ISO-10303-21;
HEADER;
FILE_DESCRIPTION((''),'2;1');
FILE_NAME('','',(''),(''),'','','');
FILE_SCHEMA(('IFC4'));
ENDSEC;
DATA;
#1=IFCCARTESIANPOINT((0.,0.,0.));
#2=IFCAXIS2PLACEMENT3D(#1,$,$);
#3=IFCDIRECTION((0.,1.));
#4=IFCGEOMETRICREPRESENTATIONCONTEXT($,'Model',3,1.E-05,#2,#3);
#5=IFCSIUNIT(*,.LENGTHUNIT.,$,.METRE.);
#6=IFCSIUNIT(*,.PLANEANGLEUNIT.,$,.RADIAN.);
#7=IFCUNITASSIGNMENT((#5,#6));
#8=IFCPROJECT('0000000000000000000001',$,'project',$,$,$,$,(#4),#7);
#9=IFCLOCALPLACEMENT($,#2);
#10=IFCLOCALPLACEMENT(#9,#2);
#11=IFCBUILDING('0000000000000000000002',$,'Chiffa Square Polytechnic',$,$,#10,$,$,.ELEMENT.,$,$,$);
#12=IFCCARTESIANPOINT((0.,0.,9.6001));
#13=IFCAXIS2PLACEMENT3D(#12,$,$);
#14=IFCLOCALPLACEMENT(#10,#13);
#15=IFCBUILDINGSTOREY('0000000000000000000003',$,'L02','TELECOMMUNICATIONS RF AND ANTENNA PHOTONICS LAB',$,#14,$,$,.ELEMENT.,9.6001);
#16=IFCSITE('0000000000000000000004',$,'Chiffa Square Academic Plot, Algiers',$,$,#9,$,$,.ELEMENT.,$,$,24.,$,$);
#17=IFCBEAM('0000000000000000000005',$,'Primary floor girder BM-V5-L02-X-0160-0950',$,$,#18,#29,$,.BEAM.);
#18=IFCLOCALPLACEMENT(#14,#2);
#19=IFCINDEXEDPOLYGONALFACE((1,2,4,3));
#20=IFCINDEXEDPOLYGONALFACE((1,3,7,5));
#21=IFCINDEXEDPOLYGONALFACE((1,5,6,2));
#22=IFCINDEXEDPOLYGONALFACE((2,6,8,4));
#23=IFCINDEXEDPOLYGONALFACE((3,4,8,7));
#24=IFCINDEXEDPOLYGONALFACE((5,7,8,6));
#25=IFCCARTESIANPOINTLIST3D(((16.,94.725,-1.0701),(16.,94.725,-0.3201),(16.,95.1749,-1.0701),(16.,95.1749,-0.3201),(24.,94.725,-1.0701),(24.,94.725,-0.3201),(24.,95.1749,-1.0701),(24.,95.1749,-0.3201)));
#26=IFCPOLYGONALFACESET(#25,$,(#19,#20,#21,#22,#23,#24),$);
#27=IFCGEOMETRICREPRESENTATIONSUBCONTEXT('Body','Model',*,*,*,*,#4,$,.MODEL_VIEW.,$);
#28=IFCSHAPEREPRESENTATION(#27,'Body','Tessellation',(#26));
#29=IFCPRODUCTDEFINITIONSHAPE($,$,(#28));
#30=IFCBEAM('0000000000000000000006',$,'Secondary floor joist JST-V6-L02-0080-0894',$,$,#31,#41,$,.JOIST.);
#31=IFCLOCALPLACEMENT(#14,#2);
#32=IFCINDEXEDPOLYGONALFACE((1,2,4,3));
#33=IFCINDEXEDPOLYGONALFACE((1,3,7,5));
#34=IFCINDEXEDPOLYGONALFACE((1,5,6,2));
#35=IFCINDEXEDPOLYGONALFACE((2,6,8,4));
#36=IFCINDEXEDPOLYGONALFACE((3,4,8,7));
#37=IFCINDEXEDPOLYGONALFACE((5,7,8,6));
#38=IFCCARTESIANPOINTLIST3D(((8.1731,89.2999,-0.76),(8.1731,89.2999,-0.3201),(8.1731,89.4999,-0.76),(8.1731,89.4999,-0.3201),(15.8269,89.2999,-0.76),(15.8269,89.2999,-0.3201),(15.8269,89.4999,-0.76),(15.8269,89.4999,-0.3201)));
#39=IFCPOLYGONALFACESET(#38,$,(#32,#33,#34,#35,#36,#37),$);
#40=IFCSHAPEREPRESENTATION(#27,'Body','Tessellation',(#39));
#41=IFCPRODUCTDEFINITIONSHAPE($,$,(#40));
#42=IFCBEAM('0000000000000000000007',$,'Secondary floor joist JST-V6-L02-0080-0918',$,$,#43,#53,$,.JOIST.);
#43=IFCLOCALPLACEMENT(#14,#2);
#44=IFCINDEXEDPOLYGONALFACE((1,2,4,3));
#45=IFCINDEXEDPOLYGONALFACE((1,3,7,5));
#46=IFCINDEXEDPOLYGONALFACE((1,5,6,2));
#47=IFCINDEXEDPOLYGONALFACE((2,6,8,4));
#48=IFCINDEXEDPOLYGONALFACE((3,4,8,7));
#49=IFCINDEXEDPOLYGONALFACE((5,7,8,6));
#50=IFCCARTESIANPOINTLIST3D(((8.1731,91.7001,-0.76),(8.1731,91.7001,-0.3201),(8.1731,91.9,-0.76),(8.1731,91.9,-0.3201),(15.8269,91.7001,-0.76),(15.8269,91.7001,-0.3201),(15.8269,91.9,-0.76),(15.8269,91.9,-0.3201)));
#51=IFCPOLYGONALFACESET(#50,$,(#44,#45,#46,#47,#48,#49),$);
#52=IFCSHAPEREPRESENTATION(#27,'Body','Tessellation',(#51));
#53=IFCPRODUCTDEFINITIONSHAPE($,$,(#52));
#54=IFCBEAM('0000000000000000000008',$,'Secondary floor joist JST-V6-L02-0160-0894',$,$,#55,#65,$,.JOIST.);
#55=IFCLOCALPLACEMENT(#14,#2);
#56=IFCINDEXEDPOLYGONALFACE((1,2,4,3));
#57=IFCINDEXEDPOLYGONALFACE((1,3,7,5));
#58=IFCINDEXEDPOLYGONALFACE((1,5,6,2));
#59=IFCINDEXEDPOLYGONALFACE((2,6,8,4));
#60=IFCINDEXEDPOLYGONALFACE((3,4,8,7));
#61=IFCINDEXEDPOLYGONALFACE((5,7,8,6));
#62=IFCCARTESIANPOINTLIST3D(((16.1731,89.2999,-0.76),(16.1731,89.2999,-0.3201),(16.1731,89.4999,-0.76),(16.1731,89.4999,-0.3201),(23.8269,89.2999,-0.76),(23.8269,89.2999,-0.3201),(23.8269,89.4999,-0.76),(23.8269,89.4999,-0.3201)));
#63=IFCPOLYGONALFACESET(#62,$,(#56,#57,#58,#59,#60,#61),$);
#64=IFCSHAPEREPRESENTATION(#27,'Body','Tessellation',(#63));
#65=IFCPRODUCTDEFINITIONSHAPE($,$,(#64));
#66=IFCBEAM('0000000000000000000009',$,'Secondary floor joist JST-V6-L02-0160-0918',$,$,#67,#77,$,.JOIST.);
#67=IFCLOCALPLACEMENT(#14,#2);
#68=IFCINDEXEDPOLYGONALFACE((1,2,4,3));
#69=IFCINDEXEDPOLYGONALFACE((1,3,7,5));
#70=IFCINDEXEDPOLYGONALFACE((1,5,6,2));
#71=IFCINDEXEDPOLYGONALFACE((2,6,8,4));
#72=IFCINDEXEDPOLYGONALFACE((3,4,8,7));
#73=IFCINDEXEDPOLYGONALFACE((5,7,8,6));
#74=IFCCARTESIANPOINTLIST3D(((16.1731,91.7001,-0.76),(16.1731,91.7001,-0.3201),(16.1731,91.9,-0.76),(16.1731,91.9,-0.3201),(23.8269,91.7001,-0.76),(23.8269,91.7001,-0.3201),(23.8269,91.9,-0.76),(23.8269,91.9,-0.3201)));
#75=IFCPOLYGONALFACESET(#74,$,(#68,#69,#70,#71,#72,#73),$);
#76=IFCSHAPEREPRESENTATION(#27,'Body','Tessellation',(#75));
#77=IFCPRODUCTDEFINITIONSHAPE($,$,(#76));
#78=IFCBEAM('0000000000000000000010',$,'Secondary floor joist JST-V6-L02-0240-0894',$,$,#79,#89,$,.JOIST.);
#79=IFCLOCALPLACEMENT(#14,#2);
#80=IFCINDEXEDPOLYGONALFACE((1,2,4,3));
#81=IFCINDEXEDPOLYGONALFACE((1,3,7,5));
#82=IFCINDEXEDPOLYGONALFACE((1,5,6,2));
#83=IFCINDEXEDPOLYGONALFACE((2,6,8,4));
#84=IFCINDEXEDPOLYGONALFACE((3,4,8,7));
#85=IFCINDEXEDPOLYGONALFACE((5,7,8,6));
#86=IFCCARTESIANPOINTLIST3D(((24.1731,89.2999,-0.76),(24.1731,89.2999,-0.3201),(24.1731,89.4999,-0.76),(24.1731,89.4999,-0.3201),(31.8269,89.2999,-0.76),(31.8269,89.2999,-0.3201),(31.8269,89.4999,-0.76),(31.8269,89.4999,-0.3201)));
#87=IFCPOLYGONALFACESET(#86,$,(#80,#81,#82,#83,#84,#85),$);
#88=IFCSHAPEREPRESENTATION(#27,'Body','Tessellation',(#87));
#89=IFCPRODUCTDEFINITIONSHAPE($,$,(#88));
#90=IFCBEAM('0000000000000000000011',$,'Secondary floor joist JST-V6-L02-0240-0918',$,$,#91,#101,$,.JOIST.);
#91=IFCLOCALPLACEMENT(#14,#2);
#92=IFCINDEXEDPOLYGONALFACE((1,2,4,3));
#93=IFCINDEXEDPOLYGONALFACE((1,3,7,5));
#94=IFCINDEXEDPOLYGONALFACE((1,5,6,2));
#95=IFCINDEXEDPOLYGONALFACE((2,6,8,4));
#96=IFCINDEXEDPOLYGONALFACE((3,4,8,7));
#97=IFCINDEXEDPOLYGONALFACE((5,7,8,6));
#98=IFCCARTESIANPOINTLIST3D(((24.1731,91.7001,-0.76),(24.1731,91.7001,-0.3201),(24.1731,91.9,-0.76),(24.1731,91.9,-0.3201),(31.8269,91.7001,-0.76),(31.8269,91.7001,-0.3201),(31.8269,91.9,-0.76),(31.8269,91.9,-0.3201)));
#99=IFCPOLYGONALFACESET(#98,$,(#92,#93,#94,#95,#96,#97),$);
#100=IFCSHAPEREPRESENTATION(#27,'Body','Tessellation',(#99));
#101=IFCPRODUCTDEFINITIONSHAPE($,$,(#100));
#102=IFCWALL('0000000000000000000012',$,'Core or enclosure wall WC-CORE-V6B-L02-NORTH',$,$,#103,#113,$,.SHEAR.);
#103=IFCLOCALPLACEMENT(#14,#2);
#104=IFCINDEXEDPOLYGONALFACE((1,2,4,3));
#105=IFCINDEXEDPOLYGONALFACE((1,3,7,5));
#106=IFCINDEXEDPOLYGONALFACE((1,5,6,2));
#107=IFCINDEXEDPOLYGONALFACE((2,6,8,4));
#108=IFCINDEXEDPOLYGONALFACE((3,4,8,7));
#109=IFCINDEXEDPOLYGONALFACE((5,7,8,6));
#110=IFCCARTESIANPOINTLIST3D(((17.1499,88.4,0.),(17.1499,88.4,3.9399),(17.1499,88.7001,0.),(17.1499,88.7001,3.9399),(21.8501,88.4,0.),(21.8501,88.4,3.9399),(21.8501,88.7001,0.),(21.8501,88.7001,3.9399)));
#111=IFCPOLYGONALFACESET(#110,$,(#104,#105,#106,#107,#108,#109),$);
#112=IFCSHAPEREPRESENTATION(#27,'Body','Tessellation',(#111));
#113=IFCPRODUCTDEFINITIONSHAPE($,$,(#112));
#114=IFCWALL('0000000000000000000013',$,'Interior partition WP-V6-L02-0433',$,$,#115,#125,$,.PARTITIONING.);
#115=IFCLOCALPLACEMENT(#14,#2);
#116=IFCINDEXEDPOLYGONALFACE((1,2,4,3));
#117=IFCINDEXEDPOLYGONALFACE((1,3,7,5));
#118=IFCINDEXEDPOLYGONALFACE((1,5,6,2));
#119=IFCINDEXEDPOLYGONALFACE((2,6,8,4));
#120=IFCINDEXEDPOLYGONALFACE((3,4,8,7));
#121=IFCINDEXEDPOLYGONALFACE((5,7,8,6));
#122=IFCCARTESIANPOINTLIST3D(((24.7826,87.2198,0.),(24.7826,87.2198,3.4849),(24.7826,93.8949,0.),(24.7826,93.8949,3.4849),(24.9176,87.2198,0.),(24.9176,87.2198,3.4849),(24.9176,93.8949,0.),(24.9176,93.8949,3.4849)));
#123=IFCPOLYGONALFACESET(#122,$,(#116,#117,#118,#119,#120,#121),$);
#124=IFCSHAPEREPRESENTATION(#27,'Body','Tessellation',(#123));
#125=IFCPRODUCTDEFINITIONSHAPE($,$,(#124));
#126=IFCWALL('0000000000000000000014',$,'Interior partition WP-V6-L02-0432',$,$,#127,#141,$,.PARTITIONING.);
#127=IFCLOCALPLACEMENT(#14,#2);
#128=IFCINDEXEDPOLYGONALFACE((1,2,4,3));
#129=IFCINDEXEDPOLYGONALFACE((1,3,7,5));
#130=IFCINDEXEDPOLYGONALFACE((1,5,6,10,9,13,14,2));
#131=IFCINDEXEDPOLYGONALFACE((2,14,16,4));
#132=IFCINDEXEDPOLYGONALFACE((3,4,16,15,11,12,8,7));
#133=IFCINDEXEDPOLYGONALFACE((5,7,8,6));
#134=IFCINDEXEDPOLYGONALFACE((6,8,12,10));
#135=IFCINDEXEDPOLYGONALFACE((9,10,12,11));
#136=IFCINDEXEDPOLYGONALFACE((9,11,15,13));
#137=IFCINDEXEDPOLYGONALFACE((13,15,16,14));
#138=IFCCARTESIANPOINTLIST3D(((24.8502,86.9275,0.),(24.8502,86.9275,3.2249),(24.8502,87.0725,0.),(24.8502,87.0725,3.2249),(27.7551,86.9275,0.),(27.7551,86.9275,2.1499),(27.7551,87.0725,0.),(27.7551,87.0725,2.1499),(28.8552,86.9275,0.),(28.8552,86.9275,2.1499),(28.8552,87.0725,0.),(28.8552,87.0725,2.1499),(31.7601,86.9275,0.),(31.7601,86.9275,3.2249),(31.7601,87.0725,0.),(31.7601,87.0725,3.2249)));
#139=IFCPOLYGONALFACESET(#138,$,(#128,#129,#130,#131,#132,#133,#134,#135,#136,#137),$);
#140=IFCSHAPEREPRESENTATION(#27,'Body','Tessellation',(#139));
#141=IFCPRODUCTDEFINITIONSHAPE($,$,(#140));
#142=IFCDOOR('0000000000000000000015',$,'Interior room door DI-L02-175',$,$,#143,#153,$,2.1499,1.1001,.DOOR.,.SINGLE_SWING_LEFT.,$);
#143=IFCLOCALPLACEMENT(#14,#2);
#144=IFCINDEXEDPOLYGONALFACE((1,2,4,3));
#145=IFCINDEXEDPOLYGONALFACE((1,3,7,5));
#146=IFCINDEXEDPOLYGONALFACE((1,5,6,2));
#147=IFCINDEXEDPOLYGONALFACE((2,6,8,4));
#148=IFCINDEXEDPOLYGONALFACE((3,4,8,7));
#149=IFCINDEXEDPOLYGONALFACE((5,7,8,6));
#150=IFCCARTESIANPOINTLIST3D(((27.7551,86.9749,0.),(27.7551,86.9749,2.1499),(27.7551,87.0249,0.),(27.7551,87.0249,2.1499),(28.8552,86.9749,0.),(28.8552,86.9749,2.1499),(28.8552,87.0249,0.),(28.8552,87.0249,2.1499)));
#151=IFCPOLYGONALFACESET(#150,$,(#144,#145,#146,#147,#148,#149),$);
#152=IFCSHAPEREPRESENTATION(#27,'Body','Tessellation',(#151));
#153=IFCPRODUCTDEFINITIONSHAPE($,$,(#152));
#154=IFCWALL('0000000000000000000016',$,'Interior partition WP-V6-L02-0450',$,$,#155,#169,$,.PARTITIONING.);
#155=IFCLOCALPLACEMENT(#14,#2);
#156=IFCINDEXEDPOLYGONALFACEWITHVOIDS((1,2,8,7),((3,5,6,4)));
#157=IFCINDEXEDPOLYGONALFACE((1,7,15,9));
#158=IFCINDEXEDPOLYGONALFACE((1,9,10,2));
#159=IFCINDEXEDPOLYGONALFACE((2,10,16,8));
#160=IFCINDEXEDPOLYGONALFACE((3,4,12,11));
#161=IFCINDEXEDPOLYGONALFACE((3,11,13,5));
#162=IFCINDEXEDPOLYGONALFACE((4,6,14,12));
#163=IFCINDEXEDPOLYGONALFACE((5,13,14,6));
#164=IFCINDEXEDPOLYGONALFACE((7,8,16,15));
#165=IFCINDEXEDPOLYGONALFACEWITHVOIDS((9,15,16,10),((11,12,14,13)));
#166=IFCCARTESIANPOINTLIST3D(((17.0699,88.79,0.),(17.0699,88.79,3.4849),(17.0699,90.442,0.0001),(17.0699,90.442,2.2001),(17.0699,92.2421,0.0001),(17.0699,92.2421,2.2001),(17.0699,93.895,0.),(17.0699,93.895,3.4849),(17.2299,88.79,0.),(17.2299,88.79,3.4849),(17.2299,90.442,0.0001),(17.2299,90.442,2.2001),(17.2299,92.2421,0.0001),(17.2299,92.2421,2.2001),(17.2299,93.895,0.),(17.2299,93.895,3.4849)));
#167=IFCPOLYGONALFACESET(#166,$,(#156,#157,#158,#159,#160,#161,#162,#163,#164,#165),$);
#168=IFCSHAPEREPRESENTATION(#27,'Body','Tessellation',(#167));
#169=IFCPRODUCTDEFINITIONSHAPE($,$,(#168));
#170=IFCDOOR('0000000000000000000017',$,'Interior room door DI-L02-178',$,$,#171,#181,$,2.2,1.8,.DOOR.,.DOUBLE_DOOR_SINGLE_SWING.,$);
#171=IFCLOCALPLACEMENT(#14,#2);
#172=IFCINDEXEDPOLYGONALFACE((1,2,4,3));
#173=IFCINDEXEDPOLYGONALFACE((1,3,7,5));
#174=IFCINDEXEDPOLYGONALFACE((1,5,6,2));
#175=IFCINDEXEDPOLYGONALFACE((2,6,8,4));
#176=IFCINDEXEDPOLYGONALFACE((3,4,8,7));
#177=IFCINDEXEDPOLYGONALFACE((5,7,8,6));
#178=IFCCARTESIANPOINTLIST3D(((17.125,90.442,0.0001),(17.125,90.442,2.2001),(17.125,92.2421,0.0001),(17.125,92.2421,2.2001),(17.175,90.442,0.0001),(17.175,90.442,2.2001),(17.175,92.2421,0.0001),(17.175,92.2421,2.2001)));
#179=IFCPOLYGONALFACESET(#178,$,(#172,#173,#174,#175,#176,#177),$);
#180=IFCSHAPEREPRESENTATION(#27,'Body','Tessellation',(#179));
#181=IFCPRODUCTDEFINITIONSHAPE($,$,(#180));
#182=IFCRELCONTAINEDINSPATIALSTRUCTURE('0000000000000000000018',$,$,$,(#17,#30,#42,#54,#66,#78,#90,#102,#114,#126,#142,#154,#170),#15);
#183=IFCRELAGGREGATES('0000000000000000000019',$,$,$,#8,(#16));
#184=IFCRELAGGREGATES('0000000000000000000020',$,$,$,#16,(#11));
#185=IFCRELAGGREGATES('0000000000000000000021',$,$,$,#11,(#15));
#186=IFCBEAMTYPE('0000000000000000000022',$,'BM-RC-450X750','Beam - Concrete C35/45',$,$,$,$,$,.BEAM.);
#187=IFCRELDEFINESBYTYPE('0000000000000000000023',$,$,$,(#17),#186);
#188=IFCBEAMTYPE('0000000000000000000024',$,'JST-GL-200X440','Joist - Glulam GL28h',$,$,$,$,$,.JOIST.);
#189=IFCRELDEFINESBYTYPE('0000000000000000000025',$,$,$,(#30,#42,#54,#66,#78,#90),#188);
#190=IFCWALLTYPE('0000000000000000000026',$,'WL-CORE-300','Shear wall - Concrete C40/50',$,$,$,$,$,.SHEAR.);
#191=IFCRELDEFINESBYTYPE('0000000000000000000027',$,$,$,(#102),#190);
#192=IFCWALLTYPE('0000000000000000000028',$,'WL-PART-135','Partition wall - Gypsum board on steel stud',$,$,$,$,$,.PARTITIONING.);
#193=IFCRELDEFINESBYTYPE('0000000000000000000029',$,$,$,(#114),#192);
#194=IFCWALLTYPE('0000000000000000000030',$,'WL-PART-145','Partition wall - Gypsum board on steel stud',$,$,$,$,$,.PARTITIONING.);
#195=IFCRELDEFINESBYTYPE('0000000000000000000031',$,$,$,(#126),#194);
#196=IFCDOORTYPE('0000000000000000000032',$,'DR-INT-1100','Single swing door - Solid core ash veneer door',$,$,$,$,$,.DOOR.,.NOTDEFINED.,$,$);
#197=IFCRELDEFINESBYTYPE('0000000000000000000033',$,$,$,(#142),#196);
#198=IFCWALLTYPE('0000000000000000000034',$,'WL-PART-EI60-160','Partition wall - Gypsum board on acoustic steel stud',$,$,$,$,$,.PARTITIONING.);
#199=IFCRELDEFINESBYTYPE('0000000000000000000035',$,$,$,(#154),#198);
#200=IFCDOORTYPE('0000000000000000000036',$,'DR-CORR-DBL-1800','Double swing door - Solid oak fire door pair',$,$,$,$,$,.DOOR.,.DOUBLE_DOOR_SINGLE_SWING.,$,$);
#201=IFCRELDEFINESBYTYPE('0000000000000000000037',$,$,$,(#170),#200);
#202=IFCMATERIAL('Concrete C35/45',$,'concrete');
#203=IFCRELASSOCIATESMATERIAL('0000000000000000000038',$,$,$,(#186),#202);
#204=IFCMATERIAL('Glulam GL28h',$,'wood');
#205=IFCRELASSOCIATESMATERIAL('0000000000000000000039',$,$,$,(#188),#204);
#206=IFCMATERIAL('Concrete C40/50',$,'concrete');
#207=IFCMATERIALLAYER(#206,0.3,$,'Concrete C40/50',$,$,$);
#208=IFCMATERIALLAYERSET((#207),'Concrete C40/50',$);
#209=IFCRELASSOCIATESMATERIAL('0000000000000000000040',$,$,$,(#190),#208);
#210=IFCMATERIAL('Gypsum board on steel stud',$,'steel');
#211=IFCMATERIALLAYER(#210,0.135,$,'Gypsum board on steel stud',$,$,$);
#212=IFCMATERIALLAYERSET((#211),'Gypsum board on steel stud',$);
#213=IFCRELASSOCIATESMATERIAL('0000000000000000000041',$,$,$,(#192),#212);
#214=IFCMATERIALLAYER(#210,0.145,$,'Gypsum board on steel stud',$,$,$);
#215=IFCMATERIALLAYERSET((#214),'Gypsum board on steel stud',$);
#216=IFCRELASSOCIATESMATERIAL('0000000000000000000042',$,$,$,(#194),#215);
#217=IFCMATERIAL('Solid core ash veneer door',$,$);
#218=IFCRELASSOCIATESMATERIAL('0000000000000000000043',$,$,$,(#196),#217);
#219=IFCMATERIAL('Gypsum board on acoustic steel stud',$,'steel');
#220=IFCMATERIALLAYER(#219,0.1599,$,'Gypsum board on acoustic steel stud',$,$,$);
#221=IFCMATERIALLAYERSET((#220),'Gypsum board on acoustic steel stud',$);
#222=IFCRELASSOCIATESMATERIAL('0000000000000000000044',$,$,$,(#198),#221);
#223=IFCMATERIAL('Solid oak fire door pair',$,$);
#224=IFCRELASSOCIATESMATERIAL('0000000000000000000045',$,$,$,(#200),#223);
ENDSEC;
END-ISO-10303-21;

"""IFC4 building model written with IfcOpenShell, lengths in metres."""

from ifc_helpers import new_model, si_unit, direction, frame, frame_2d, origin, origin_2d, place, context, subcontext, project, spatial, rectangle, extrude, material, layer, layer_set, material_profile, profile_set, type_object, element, fill, save


model = new_model("IFC4")

# Units and contexts
model_context = context("Model", 3, precision=1e-05, world=origin(), true_north=direction((0.0, 1.0)))
body_context = subcontext(model_context, "Body", "Model", "MODEL_VIEW")
ifc_project = project(units=[si_unit("LENGTHUNIT", "METRE"), si_unit("PLANEANGLEUNIT", "RADIAN")], contexts=[model_context])

# Site, building, storey
site_placement = place(None, origin())
site = spatial("IfcSite", under=ifc_project, at=site_placement, Name="Chiffa Square Academic Plot, Algiers", CompositionType="ELEMENT", RefElevation=24.0)
building_placement = place(site_placement, origin())
building = spatial("IfcBuilding", under=site, at=building_placement, Name="Chiffa Square Polytechnic", CompositionType="ELEMENT")
storey_placement = place(building_placement, frame((0.0, 0.0, 9.6001)))
storey = spatial("IfcBuildingStorey", under=building, at=storey_placement, Name="L02", Description="TELECOMMUNICATIONS RF AND ANTENNA PHOTONICS LAB", CompositionType="ELEMENT", Elevation=9.6001)

# Shared definitions
ifc_material_1 = material(Name="Concrete C35/45", Category="concrete")

# Beams
ifc_material_profile_1 = material_profile(ifc_material_1, rectangle(XDim=0.45, YDim=0.75, at=origin_2d()), Name="RC 450x750")
ifc_profile_set_1 = profile_set([ifc_material_profile_1], Name="Concrete C35/45")
beam_type_1 = type_object("IfcBeamType", Name="BM-RC-450X750", Description="Beam - Concrete C35/45", PredefinedType="BEAM", material=ifc_profile_set_1)
for number, where, z_axis, x_axis, name in (
    (1, (16.0, 94.95, -0.6951), (1.0, 0.0, 0.0), (0.0, 1.0, 0.0), "Primary floor girder BM-V5-L02-X-0160-0950"),
):
    element("IfcBeam", number, at=place(storey_placement, frame(where, z_axis=z_axis, x_axis=x_axis)), inside=storey, type_object=beam_type_1, Name=name, PredefinedType="BEAM", context=body_context, shape_type="SweptSolid", body=[
        extrude(rectangle(XDim=0.45, YDim=0.75, at=origin_2d()), origin(), (0.0, 0.0, 1.0), 8.0),
    ])
ifc_material_2 = material(Name="Glulam GL28h", Category="wood")
ifc_material_profile_2 = material_profile(ifc_material_2, rectangle(XDim=0.2, YDim=0.4399, at=origin_2d()), Name="GL28h 200x440")
ifc_profile_set_2 = profile_set([ifc_material_profile_2], Name="Glulam GL28h")
beam_type_2 = type_object("IfcBeamType", Name="JST-GL-200X440", Description="Joist - Glulam GL28h", PredefinedType="JOIST", material=ifc_profile_set_2)
for number, where, z_axis, x_axis, name in (
    (2, (8.1731, 89.3999, -0.54), (1.0, 0.0, 0.0), (0.0, 1.0, 0.0), "Secondary floor joist JST-V6-L02-0080-0894"),
    (3, (8.1731, 91.8, -0.54), (1.0, 0.0, 0.0), (0.0, 1.0, 0.0), "Secondary floor joist JST-V6-L02-0080-0918"),
    (4, (16.1731, 89.3999, -0.54), (1.0, 0.0, 0.0), (0.0, 1.0, 0.0), "Secondary floor joist JST-V6-L02-0160-0894"),
    (5, (16.1731, 91.8, -0.54), (1.0, 0.0, 0.0), (0.0, 1.0, 0.0), "Secondary floor joist JST-V6-L02-0160-0918"),
    (6, (24.1731, 89.3999, -0.54), (1.0, 0.0, 0.0), (0.0, 1.0, 0.0), "Secondary floor joist JST-V6-L02-0240-0894"),
    (7, (24.1731, 91.8, -0.54), (1.0, 0.0, 0.0), (0.0, 1.0, 0.0), "Secondary floor joist JST-V6-L02-0240-0918"),
):
    element("IfcBeam", number, at=place(storey_placement, frame(where, z_axis=z_axis, x_axis=x_axis)), inside=storey, type_object=beam_type_2, Name=name, PredefinedType="JOIST", context=body_context, shape_type="SweptSolid", body=[
        extrude(rectangle(XDim=0.2, YDim=0.4399, at=origin_2d()), origin(), (0.0, 0.0, 1.0), 7.6538),
    ])

# Walls
ifc_material_3 = material(Name="Concrete C40/50", Category="concrete")
ifc_layer_1 = layer(ifc_material_3, 0.3, Name="Concrete C40/50")
ifc_layer_set_1 = layer_set([ifc_layer_1], Name="Concrete C40/50")
wall_type_1 = type_object("IfcWallType", Name="WL-CORE-300", Description="Shear wall - Concrete C40/50", PredefinedType="SHEAR", material=ifc_layer_set_1)
wall_1_placement = place(storey_placement, frame((17.1499, 88.55, 0.0), z_axis=(0.0, 0.0, 1.0), x_axis=(1.0, 0.0, 0.0)))
element("IfcWall", 8, at=wall_1_placement, inside=storey, type_object=wall_type_1, Name="Core or enclosure wall WC-CORE-V6B-L02-NORTH", PredefinedType="SHEAR", context=body_context, shape_type="SweptSolid", body=[
    extrude(rectangle(XDim=4.7002, YDim=0.3, at=frame_2d((2.3501, 0.0))), origin(), (0.0, 0.0, 1.0), 3.9399),
])
ifc_material_4 = material(Name="Gypsum board on steel stud", Category="steel")
ifc_layer_2 = layer(ifc_material_4, 0.135, Name="Gypsum board on steel stud")
ifc_layer_set_2 = layer_set([ifc_layer_2], Name="Gypsum board on steel stud")
wall_type_2 = type_object("IfcWallType", Name="WL-PART-135", Description="Partition wall - Gypsum board on steel stud", PredefinedType="PARTITIONING", material=ifc_layer_set_2)
wall_2_placement = place(storey_placement, frame((24.8501, 87.22, 0.0), z_axis=(0.0, 0.0, 1.0), x_axis=(0.0, 1.0, 0.0)))
element("IfcWall", 9, at=wall_2_placement, inside=storey, type_object=wall_type_2, Name="Interior partition WP-V6-L02-0433", PredefinedType="PARTITIONING", context=body_context, shape_type="SweptSolid", body=[
    extrude(rectangle(XDim=6.675, YDim=0.135, at=frame_2d((3.3374, 0.0))), origin(), (0.0, 0.0, 1.0), 3.4849),
])

# Walls, openings, doors
ifc_layer_3 = layer(ifc_material_4, 0.145, Name="Gypsum board on steel stud")
ifc_layer_set_3 = layer_set([ifc_layer_3], Name="Gypsum board on steel stud")
wall_type_3 = type_object("IfcWallType", Name="WL-PART-145", Description="Partition wall - Gypsum board on steel stud", PredefinedType="PARTITIONING", material=ifc_layer_set_3)
wall_3_placement = place(storey_placement, frame((24.8501, 87.0, 0.0), z_axis=(0.0, 0.0, 1.0), x_axis=(1.0, 0.0, 0.0)))
wall_3 = element("IfcWall", 10, at=wall_3_placement, inside=storey, type_object=wall_type_3, Name="Interior partition WP-V6-L02-0432", PredefinedType="PARTITIONING", context=body_context, shape_type="SweptSolid", body=[
    extrude(rectangle(XDim=6.9099, YDim=0.145, at=frame_2d((3.4551, 0.0))), origin(), (0.0, 0.0, 1.0), 3.2249),
])
opening_1_placement = place(wall_3_placement, frame((2.905, 0.0, 0.0)))
opening_1 = element("IfcOpeningElement", 11, at=opening_1_placement, cuts=wall_3, PredefinedType="OPENING", context=body_context, shape_type="SweptSolid", body=[
    extrude(rectangle(XDim=1.1001, YDim=2.1499, at=frame_2d((0.55, 1.075))), frame((0.0, 0.0825, 0.0), z_axis=(0.0, -1.0, 0.0), x_axis=(1.0, 0.0, 0.0)), (0.0, 0.0, 1.0), 0.165),
])
ifc_material_5 = material(Name="Solid core ash veneer door")
door_type_1 = type_object("IfcDoorType", Name="DR-INT-1100", Description="Single swing door - Solid core ash veneer door", OperationType="NOTDEFINED", PredefinedType="DOOR", material=ifc_material_5)
door_1_placement = place(opening_1_placement, origin())
door_1 = element("IfcDoor", 12, at=door_1_placement, inside=storey, type_object=door_type_1, Name="Interior room door DI-L02-175", OperationType="SINGLE_SWING_LEFT", OverallHeight=2.1499, OverallWidth=1.1001, PredefinedType="DOOR", context=body_context, shape_type="SweptSolid", body=[
    extrude(rectangle(XDim=1.1001, YDim=2.1499, at=frame_2d((0.55, 1.075))), frame((0.0, 0.0249, 0.0), z_axis=(0.0, -1.0, 0.0), x_axis=(1.0, 0.0, 0.0)), (0.0, 0.0, 1.0), 0.05),
])
fill(opening_1, door_1)
ifc_material_6 = material(Name="Gypsum board on acoustic steel stud", Category="steel")
ifc_layer_4 = layer(ifc_material_6, 0.1599, Name="Gypsum board on acoustic steel stud")
ifc_layer_set_4 = layer_set([ifc_layer_4], Name="Gypsum board on acoustic steel stud")
wall_type_4 = type_object("IfcWallType", Name="WL-PART-EI60-160", Description="Partition wall - Gypsum board on acoustic steel stud", PredefinedType="PARTITIONING", material=ifc_layer_set_4)
wall_4_placement = place(storey_placement, frame((17.1499, 88.79, 0.0), z_axis=(0.0, 0.0, 1.0), x_axis=(0.0, 1.0, 0.0)))
wall_4 = element("IfcWall", 13, at=wall_4_placement, inside=storey, type_object=wall_type_4, Name="Interior partition WP-V6-L02-0450", PredefinedType="PARTITIONING", context=body_context, shape_type="SweptSolid", body=[
    extrude(rectangle(XDim=5.105, YDim=0.1599, at=frame_2d((2.5525, 0.0))), origin(), (0.0, 0.0, 1.0), 3.4849),
])
opening_2_placement = place(wall_4_placement, frame((1.6521, 0.0, 0.0)))
opening_2 = element("IfcOpeningElement", 14, at=opening_2_placement, cuts=wall_4, PredefinedType="OPENING", context=body_context, shape_type="SweptSolid", body=[
    extrude(rectangle(XDim=1.8, YDim=2.2, at=frame_2d((0.8999, 1.1001))), frame((0.0, 0.0898, 0.0), z_axis=(0.0, -1.0, 0.0), x_axis=(1.0, 0.0, 0.0)), (0.0, 0.0, 1.0), 0.1799),
])
ifc_material_7 = material(Name="Solid oak fire door pair")
door_type_2 = type_object("IfcDoorType", Name="DR-CORR-DBL-1800", Description="Double swing door - Solid oak fire door pair", OperationType="DOUBLE_DOOR_SINGLE_SWING", PredefinedType="DOOR", material=ifc_material_7)
door_2_placement = place(opening_2_placement, origin())
door_2 = element("IfcDoor", 15, at=door_2_placement, inside=storey, type_object=door_type_2, Name="Interior room door DI-L02-178", OperationType="DOUBLE_DOOR_SINGLE_SWING", OverallHeight=2.2, OverallWidth=1.8, PredefinedType="DOOR", context=body_context, shape_type="SweptSolid", body=[
    extrude(rectangle(XDim=1.8, YDim=2.2, at=frame_2d((0.8999, 1.1001))), frame((0.0, 0.0249, 0.0), z_axis=(0.0, -1.0, 0.0), x_axis=(1.0, 0.0, 0.0)), (0.0, 0.0, 1.0), 0.05),
])
fill(opening_2, door_2)

save(model, "model.ifc")
